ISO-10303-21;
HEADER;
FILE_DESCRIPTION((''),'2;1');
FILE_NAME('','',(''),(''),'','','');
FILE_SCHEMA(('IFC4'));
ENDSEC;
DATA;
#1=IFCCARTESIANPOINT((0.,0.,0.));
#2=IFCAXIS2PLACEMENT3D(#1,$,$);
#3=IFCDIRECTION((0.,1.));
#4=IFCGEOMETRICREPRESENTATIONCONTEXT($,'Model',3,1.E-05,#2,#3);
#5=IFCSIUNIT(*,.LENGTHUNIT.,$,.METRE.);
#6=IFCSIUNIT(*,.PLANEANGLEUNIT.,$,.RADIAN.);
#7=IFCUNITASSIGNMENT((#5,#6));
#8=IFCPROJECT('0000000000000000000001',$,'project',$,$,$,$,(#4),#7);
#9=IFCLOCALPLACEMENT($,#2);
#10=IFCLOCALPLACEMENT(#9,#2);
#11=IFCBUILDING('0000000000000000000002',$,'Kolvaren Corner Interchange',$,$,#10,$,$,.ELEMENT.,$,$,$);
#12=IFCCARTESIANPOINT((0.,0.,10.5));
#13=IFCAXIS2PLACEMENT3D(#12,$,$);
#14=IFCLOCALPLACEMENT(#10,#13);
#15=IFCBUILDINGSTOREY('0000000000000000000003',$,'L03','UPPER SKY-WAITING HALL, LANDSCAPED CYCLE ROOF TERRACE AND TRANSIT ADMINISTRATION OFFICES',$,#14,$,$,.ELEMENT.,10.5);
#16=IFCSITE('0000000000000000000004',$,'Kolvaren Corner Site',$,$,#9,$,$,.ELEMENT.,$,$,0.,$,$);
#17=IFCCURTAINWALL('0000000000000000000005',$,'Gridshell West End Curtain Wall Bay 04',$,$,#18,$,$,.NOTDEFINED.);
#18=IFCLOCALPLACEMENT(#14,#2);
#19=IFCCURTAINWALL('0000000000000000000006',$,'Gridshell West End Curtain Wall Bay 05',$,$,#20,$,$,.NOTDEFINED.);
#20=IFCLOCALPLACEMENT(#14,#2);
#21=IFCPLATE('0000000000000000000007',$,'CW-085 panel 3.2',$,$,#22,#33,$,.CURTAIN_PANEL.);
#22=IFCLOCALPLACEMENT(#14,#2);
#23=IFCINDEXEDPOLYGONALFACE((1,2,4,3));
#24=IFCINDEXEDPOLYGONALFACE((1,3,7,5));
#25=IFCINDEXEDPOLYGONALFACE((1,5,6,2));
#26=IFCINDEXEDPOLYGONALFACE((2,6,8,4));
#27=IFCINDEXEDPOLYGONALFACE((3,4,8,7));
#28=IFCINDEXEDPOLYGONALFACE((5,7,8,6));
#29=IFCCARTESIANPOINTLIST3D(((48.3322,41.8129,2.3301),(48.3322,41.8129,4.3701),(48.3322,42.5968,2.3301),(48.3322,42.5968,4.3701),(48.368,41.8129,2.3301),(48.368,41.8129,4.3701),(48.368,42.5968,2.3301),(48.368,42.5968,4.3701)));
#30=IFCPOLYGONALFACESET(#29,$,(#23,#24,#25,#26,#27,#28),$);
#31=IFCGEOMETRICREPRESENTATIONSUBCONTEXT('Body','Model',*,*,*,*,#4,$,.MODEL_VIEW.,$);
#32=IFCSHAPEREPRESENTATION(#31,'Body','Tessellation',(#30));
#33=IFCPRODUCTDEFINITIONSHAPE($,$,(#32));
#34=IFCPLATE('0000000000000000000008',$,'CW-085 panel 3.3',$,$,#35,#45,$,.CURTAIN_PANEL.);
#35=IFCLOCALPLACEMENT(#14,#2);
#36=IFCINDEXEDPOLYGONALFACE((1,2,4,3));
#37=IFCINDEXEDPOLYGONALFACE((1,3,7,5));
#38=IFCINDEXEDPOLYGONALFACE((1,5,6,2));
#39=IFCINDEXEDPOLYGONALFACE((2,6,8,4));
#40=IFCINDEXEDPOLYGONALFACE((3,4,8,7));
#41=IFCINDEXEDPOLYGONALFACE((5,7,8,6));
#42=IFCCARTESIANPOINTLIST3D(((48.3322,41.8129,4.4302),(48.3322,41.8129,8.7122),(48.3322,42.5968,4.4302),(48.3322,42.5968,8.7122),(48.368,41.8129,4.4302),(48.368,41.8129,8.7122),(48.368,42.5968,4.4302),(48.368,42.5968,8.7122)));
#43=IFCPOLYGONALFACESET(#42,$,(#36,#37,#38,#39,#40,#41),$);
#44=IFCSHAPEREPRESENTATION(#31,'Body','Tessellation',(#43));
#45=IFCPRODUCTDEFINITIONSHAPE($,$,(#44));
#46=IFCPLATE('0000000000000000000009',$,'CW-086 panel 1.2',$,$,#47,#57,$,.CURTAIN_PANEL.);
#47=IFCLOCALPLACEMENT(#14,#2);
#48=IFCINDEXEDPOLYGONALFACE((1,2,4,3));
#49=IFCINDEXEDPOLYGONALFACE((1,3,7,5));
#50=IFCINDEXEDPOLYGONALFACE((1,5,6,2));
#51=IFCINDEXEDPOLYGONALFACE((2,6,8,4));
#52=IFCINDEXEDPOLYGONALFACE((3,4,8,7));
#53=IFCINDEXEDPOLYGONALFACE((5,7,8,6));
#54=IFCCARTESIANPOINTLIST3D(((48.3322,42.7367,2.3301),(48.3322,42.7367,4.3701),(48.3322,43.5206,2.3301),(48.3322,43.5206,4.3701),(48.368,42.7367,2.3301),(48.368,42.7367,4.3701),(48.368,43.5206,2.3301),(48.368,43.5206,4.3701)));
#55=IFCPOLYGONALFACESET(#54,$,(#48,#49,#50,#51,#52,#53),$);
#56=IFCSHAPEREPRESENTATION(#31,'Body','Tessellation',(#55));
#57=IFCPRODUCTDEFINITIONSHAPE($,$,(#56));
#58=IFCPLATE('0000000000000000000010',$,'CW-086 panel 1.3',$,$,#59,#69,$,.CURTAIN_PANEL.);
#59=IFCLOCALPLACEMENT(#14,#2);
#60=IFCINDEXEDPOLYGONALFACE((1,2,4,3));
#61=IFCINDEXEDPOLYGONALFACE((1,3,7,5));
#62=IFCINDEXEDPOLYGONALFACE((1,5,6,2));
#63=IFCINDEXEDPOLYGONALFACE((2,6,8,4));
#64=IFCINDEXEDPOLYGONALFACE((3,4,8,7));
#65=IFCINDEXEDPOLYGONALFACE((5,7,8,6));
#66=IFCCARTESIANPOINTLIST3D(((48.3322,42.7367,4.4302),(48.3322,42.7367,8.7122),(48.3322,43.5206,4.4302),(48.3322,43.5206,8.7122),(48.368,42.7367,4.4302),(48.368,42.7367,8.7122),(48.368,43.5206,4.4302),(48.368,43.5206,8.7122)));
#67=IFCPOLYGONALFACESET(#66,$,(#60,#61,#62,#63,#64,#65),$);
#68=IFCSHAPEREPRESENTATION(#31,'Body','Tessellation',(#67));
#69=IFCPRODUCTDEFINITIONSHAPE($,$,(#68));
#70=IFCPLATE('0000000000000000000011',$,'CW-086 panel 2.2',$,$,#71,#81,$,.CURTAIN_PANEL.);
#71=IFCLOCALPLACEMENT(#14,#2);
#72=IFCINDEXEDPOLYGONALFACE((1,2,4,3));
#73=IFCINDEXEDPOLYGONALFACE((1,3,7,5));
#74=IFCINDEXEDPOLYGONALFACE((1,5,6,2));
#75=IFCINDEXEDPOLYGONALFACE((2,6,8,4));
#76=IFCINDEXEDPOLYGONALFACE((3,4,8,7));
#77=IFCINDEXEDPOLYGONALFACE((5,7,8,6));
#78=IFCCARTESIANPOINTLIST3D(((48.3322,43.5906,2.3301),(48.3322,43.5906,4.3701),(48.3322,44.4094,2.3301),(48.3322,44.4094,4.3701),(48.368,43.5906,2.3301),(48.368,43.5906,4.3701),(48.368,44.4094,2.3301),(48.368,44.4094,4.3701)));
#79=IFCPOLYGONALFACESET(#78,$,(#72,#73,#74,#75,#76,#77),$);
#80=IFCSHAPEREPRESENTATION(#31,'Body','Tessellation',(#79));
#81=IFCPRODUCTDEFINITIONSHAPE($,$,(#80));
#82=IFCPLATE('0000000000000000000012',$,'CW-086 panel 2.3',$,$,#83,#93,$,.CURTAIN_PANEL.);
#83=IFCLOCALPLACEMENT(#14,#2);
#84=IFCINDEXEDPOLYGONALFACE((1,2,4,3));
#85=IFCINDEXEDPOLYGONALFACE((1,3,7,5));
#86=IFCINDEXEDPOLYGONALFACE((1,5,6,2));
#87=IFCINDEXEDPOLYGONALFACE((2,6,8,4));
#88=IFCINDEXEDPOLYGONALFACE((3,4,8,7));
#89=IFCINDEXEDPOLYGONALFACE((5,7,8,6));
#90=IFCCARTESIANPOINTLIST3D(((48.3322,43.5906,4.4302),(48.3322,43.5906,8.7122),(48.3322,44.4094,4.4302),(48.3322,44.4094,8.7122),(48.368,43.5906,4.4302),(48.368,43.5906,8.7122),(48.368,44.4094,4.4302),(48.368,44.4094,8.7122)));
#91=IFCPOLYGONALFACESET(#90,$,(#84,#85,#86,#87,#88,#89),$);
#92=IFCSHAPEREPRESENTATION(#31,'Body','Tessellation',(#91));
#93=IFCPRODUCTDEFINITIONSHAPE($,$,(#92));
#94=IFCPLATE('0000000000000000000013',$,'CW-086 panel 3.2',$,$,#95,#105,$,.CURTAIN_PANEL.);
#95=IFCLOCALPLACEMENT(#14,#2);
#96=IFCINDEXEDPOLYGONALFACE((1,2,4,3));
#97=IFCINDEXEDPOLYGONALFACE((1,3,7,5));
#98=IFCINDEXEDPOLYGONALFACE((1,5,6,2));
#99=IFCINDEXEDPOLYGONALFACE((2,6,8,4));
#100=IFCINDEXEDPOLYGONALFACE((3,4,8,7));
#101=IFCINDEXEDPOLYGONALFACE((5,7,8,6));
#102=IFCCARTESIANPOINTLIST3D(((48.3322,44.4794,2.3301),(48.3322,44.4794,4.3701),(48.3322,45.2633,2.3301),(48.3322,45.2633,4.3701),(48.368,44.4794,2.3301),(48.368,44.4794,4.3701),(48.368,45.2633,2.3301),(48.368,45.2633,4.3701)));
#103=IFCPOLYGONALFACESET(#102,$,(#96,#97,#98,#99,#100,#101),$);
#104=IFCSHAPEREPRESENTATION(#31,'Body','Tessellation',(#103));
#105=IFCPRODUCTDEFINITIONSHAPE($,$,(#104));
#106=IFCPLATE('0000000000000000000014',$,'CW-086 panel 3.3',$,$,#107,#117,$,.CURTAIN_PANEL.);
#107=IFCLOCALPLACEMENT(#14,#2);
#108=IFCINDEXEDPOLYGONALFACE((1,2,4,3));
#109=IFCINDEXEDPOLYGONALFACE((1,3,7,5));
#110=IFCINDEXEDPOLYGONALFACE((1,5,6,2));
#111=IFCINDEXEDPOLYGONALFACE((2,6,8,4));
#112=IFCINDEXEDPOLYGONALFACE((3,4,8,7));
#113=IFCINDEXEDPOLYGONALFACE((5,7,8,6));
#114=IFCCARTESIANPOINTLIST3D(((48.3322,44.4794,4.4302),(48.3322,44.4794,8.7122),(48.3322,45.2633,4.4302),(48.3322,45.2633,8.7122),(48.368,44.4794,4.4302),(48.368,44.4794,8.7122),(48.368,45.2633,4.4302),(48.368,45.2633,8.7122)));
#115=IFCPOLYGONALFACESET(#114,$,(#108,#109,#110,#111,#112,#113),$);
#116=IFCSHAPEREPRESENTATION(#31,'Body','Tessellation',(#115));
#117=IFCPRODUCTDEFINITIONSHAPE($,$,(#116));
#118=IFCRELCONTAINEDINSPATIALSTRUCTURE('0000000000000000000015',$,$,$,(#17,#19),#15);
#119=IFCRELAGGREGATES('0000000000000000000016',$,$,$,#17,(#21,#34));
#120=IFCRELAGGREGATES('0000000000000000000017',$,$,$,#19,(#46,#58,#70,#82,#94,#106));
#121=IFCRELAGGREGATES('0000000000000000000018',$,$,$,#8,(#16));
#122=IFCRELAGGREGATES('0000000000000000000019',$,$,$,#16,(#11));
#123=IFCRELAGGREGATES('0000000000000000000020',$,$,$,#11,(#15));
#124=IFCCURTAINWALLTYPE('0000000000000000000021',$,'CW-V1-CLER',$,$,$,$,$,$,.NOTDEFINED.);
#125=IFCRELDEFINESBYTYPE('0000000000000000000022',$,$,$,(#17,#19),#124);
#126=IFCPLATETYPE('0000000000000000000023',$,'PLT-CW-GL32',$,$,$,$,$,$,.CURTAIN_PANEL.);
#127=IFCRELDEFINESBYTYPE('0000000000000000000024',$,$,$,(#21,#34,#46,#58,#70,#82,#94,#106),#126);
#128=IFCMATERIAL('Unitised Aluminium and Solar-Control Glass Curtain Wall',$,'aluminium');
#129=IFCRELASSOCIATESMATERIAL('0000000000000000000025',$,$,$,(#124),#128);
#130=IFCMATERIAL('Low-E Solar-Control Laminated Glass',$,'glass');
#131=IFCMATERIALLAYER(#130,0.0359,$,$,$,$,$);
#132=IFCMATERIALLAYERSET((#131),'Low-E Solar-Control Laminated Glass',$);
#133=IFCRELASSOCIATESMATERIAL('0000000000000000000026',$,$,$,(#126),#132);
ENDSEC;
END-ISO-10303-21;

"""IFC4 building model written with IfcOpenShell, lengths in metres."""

from ifc_helpers import new_model, si_unit, direction, frame, origin, origin_2d, place, context, subcontext, project, spatial, rectangle, extrude, material, layer, layer_set, type_object, element, aggregate, save


model = new_model("IFC4")

# Units and contexts
model_context = context("Model", 3, precision=1e-05, world=origin(), true_north=direction((0.0, 1.0)))
body_context = subcontext(model_context, "Body", "Model", "MODEL_VIEW")
ifc_project = project(units=[si_unit("LENGTHUNIT", "METRE"), si_unit("PLANEANGLEUNIT", "RADIAN")], contexts=[model_context])

# Site, building, storey
site_placement = place(None, origin())
site = spatial("IfcSite", under=ifc_project, at=site_placement, Name="Kolvaren Corner Site", CompositionType="ELEMENT", RefElevation=0.0)
building_placement = place(site_placement, origin())
building = spatial("IfcBuilding", under=site, at=building_placement, Name="Kolvaren Corner Interchange", CompositionType="ELEMENT")
storey_placement = place(building_placement, frame((0.0, 0.0, 10.5)))
storey = spatial("IfcBuildingStorey", under=building, at=storey_placement, Name="L03", Description="UPPER SKY-WAITING HALL, LANDSCAPED CYCLE ROOF TERRACE AND TRANSIT ADMINISTRATION OFFICES", CompositionType="ELEMENT", Elevation=10.5)

# Curtain walls
ifc_material_1 = material(Name="Unitised Aluminium and Solar-Control Glass Curtain Wall", Category="aluminium")
curtain_wall_type = type_object("IfcCurtainWallType", Name="CW-V1-CLER", PredefinedType="NOTDEFINED", material=ifc_material_1)
curtain_wall_1_placement = place(storey_placement, origin())
curtain_wall_1 = element("IfcCurtainWall", 1, at=curtain_wall_1_placement, inside=storey, type_object=curtain_wall_type, Name="Gridshell West End Curtain Wall Bay 04", PredefinedType="NOTDEFINED")
curtain_wall_2_placement = place(storey_placement, origin())
curtain_wall_2 = element("IfcCurtainWall", 2, at=curtain_wall_2_placement, inside=storey, type_object=curtain_wall_type, Name="Gridshell West End Curtain Wall Bay 05", PredefinedType="NOTDEFINED")

# Plates
ifc_material_2 = material(Name="Low-E Solar-Control Laminated Glass", Category="glass")
ifc_layer = layer(ifc_material_2, 0.0359)
ifc_layer_set = layer_set([ifc_layer], Name="Low-E Solar-Control Laminated Glass")
plate_type = type_object("IfcPlateType", Name="PLT-CW-GL32", PredefinedType="CURTAIN_PANEL", material=ifc_layer_set)
plate_1_placement = place(storey_placement, frame((48.3501, 42.2048, 2.3301), z_axis=(0.0, 0.0, 1.0), x_axis=(0.0, 1.0, 0.0)))
plate_1 = element("IfcPlate", 3, at=plate_1_placement, type_object=plate_type, Name="CW-085 panel 3.2", PredefinedType="CURTAIN_PANEL", context=body_context, shape_type="SweptSolid", body=[
    extrude(rectangle(XDim=0.7839, YDim=0.0359, at=origin_2d()), origin(), (0.0, 0.0, 1.0), 2.04),
])
plate_2_placement = place(storey_placement, frame((48.3501, 42.2048, 4.4302), z_axis=(0.0, 0.0, 1.0), x_axis=(0.0, 1.0, 0.0)))
plate_2 = element("IfcPlate", 4, at=plate_2_placement, type_object=plate_type, Name="CW-085 panel 3.3", PredefinedType="CURTAIN_PANEL", context=body_context, shape_type="SweptSolid", body=[
    extrude(rectangle(XDim=0.7839, YDim=0.0359, at=origin_2d()), origin(), (0.0, 0.0, 1.0), 4.282),
])
aggregate(curtain_wall_1, [plate_1, plate_2])
plate_3_placement = place(storey_placement, frame((48.3501, 43.1287, 2.3301), z_axis=(0.0, 0.0, 1.0), x_axis=(0.0, 1.0, 0.0)))
plate_3 = element("IfcPlate", 5, at=plate_3_placement, type_object=plate_type, Name="CW-086 panel 1.2", PredefinedType="CURTAIN_PANEL", context=body_context, shape_type="SweptSolid", body=[
    extrude(rectangle(XDim=0.7839, YDim=0.0359, at=origin_2d()), origin(), (0.0, 0.0, 1.0), 2.04),
])
plate_4_placement = place(storey_placement, frame((48.3501, 43.1287, 4.4302), z_axis=(0.0, 0.0, 1.0), x_axis=(0.0, 1.0, 0.0)))
plate_4 = element("IfcPlate", 6, at=plate_4_placement, type_object=plate_type, Name="CW-086 panel 1.3", PredefinedType="CURTAIN_PANEL", context=body_context, shape_type="SweptSolid", body=[
    extrude(rectangle(XDim=0.7839, YDim=0.0359, at=origin_2d()), origin(), (0.0, 0.0, 1.0), 4.282),
])
plate_5_placement = place(storey_placement, frame((48.3501, 44.0, 2.3301), z_axis=(0.0, 0.0, 1.0), x_axis=(0.0, 1.0, 0.0)))
plate_5 = element("IfcPlate", 7, at=plate_5_placement, type_object=plate_type, Name="CW-086 panel 2.2", PredefinedType="CURTAIN_PANEL", context=body_context, shape_type="SweptSolid", body=[
    extrude(rectangle(XDim=0.8188, YDim=0.0359, at=origin_2d()), origin(), (0.0, 0.0, 1.0), 2.04),
])
plate_6_placement = place(storey_placement, frame((48.3501, 44.0, 4.4302), z_axis=(0.0, 0.0, 1.0), x_axis=(0.0, 1.0, 0.0)))
plate_6 = element("IfcPlate", 8, at=plate_6_placement, type_object=plate_type, Name="CW-086 panel 2.3", PredefinedType="CURTAIN_PANEL", context=body_context, shape_type="SweptSolid", body=[
    extrude(rectangle(XDim=0.8188, YDim=0.0359, at=origin_2d()), origin(), (0.0, 0.0, 1.0), 4.282),
])
plate_7_placement = place(storey_placement, frame((48.3501, 44.8713, 2.3301), z_axis=(0.0, 0.0, 1.0), x_axis=(0.0, 1.0, 0.0)))
plate_7 = element("IfcPlate", 9, at=plate_7_placement, type_object=plate_type, Name="CW-086 panel 3.2", PredefinedType="CURTAIN_PANEL", context=body_context, shape_type="SweptSolid", body=[
    extrude(rectangle(XDim=0.7839, YDim=0.0359, at=origin_2d()), origin(), (0.0, 0.0, 1.0), 2.04),
])
plate_8_placement = place(storey_placement, frame((48.3501, 44.8713, 4.4302), z_axis=(0.0, 0.0, 1.0), x_axis=(0.0, 1.0, 0.0)))
plate_8 = element("IfcPlate", 10, at=plate_8_placement, type_object=plate_type, Name="CW-086 panel 3.3", PredefinedType="CURTAIN_PANEL", context=body_context, shape_type="SweptSolid", body=[
    extrude(rectangle(XDim=0.7839, YDim=0.0359, at=origin_2d()), origin(), (0.0, 0.0, 1.0), 4.282),
])
aggregate(curtain_wall_2, [plate_3, plate_4, plate_5, plate_6, plate_7, plate_8])

save(model, "model.ifc")
